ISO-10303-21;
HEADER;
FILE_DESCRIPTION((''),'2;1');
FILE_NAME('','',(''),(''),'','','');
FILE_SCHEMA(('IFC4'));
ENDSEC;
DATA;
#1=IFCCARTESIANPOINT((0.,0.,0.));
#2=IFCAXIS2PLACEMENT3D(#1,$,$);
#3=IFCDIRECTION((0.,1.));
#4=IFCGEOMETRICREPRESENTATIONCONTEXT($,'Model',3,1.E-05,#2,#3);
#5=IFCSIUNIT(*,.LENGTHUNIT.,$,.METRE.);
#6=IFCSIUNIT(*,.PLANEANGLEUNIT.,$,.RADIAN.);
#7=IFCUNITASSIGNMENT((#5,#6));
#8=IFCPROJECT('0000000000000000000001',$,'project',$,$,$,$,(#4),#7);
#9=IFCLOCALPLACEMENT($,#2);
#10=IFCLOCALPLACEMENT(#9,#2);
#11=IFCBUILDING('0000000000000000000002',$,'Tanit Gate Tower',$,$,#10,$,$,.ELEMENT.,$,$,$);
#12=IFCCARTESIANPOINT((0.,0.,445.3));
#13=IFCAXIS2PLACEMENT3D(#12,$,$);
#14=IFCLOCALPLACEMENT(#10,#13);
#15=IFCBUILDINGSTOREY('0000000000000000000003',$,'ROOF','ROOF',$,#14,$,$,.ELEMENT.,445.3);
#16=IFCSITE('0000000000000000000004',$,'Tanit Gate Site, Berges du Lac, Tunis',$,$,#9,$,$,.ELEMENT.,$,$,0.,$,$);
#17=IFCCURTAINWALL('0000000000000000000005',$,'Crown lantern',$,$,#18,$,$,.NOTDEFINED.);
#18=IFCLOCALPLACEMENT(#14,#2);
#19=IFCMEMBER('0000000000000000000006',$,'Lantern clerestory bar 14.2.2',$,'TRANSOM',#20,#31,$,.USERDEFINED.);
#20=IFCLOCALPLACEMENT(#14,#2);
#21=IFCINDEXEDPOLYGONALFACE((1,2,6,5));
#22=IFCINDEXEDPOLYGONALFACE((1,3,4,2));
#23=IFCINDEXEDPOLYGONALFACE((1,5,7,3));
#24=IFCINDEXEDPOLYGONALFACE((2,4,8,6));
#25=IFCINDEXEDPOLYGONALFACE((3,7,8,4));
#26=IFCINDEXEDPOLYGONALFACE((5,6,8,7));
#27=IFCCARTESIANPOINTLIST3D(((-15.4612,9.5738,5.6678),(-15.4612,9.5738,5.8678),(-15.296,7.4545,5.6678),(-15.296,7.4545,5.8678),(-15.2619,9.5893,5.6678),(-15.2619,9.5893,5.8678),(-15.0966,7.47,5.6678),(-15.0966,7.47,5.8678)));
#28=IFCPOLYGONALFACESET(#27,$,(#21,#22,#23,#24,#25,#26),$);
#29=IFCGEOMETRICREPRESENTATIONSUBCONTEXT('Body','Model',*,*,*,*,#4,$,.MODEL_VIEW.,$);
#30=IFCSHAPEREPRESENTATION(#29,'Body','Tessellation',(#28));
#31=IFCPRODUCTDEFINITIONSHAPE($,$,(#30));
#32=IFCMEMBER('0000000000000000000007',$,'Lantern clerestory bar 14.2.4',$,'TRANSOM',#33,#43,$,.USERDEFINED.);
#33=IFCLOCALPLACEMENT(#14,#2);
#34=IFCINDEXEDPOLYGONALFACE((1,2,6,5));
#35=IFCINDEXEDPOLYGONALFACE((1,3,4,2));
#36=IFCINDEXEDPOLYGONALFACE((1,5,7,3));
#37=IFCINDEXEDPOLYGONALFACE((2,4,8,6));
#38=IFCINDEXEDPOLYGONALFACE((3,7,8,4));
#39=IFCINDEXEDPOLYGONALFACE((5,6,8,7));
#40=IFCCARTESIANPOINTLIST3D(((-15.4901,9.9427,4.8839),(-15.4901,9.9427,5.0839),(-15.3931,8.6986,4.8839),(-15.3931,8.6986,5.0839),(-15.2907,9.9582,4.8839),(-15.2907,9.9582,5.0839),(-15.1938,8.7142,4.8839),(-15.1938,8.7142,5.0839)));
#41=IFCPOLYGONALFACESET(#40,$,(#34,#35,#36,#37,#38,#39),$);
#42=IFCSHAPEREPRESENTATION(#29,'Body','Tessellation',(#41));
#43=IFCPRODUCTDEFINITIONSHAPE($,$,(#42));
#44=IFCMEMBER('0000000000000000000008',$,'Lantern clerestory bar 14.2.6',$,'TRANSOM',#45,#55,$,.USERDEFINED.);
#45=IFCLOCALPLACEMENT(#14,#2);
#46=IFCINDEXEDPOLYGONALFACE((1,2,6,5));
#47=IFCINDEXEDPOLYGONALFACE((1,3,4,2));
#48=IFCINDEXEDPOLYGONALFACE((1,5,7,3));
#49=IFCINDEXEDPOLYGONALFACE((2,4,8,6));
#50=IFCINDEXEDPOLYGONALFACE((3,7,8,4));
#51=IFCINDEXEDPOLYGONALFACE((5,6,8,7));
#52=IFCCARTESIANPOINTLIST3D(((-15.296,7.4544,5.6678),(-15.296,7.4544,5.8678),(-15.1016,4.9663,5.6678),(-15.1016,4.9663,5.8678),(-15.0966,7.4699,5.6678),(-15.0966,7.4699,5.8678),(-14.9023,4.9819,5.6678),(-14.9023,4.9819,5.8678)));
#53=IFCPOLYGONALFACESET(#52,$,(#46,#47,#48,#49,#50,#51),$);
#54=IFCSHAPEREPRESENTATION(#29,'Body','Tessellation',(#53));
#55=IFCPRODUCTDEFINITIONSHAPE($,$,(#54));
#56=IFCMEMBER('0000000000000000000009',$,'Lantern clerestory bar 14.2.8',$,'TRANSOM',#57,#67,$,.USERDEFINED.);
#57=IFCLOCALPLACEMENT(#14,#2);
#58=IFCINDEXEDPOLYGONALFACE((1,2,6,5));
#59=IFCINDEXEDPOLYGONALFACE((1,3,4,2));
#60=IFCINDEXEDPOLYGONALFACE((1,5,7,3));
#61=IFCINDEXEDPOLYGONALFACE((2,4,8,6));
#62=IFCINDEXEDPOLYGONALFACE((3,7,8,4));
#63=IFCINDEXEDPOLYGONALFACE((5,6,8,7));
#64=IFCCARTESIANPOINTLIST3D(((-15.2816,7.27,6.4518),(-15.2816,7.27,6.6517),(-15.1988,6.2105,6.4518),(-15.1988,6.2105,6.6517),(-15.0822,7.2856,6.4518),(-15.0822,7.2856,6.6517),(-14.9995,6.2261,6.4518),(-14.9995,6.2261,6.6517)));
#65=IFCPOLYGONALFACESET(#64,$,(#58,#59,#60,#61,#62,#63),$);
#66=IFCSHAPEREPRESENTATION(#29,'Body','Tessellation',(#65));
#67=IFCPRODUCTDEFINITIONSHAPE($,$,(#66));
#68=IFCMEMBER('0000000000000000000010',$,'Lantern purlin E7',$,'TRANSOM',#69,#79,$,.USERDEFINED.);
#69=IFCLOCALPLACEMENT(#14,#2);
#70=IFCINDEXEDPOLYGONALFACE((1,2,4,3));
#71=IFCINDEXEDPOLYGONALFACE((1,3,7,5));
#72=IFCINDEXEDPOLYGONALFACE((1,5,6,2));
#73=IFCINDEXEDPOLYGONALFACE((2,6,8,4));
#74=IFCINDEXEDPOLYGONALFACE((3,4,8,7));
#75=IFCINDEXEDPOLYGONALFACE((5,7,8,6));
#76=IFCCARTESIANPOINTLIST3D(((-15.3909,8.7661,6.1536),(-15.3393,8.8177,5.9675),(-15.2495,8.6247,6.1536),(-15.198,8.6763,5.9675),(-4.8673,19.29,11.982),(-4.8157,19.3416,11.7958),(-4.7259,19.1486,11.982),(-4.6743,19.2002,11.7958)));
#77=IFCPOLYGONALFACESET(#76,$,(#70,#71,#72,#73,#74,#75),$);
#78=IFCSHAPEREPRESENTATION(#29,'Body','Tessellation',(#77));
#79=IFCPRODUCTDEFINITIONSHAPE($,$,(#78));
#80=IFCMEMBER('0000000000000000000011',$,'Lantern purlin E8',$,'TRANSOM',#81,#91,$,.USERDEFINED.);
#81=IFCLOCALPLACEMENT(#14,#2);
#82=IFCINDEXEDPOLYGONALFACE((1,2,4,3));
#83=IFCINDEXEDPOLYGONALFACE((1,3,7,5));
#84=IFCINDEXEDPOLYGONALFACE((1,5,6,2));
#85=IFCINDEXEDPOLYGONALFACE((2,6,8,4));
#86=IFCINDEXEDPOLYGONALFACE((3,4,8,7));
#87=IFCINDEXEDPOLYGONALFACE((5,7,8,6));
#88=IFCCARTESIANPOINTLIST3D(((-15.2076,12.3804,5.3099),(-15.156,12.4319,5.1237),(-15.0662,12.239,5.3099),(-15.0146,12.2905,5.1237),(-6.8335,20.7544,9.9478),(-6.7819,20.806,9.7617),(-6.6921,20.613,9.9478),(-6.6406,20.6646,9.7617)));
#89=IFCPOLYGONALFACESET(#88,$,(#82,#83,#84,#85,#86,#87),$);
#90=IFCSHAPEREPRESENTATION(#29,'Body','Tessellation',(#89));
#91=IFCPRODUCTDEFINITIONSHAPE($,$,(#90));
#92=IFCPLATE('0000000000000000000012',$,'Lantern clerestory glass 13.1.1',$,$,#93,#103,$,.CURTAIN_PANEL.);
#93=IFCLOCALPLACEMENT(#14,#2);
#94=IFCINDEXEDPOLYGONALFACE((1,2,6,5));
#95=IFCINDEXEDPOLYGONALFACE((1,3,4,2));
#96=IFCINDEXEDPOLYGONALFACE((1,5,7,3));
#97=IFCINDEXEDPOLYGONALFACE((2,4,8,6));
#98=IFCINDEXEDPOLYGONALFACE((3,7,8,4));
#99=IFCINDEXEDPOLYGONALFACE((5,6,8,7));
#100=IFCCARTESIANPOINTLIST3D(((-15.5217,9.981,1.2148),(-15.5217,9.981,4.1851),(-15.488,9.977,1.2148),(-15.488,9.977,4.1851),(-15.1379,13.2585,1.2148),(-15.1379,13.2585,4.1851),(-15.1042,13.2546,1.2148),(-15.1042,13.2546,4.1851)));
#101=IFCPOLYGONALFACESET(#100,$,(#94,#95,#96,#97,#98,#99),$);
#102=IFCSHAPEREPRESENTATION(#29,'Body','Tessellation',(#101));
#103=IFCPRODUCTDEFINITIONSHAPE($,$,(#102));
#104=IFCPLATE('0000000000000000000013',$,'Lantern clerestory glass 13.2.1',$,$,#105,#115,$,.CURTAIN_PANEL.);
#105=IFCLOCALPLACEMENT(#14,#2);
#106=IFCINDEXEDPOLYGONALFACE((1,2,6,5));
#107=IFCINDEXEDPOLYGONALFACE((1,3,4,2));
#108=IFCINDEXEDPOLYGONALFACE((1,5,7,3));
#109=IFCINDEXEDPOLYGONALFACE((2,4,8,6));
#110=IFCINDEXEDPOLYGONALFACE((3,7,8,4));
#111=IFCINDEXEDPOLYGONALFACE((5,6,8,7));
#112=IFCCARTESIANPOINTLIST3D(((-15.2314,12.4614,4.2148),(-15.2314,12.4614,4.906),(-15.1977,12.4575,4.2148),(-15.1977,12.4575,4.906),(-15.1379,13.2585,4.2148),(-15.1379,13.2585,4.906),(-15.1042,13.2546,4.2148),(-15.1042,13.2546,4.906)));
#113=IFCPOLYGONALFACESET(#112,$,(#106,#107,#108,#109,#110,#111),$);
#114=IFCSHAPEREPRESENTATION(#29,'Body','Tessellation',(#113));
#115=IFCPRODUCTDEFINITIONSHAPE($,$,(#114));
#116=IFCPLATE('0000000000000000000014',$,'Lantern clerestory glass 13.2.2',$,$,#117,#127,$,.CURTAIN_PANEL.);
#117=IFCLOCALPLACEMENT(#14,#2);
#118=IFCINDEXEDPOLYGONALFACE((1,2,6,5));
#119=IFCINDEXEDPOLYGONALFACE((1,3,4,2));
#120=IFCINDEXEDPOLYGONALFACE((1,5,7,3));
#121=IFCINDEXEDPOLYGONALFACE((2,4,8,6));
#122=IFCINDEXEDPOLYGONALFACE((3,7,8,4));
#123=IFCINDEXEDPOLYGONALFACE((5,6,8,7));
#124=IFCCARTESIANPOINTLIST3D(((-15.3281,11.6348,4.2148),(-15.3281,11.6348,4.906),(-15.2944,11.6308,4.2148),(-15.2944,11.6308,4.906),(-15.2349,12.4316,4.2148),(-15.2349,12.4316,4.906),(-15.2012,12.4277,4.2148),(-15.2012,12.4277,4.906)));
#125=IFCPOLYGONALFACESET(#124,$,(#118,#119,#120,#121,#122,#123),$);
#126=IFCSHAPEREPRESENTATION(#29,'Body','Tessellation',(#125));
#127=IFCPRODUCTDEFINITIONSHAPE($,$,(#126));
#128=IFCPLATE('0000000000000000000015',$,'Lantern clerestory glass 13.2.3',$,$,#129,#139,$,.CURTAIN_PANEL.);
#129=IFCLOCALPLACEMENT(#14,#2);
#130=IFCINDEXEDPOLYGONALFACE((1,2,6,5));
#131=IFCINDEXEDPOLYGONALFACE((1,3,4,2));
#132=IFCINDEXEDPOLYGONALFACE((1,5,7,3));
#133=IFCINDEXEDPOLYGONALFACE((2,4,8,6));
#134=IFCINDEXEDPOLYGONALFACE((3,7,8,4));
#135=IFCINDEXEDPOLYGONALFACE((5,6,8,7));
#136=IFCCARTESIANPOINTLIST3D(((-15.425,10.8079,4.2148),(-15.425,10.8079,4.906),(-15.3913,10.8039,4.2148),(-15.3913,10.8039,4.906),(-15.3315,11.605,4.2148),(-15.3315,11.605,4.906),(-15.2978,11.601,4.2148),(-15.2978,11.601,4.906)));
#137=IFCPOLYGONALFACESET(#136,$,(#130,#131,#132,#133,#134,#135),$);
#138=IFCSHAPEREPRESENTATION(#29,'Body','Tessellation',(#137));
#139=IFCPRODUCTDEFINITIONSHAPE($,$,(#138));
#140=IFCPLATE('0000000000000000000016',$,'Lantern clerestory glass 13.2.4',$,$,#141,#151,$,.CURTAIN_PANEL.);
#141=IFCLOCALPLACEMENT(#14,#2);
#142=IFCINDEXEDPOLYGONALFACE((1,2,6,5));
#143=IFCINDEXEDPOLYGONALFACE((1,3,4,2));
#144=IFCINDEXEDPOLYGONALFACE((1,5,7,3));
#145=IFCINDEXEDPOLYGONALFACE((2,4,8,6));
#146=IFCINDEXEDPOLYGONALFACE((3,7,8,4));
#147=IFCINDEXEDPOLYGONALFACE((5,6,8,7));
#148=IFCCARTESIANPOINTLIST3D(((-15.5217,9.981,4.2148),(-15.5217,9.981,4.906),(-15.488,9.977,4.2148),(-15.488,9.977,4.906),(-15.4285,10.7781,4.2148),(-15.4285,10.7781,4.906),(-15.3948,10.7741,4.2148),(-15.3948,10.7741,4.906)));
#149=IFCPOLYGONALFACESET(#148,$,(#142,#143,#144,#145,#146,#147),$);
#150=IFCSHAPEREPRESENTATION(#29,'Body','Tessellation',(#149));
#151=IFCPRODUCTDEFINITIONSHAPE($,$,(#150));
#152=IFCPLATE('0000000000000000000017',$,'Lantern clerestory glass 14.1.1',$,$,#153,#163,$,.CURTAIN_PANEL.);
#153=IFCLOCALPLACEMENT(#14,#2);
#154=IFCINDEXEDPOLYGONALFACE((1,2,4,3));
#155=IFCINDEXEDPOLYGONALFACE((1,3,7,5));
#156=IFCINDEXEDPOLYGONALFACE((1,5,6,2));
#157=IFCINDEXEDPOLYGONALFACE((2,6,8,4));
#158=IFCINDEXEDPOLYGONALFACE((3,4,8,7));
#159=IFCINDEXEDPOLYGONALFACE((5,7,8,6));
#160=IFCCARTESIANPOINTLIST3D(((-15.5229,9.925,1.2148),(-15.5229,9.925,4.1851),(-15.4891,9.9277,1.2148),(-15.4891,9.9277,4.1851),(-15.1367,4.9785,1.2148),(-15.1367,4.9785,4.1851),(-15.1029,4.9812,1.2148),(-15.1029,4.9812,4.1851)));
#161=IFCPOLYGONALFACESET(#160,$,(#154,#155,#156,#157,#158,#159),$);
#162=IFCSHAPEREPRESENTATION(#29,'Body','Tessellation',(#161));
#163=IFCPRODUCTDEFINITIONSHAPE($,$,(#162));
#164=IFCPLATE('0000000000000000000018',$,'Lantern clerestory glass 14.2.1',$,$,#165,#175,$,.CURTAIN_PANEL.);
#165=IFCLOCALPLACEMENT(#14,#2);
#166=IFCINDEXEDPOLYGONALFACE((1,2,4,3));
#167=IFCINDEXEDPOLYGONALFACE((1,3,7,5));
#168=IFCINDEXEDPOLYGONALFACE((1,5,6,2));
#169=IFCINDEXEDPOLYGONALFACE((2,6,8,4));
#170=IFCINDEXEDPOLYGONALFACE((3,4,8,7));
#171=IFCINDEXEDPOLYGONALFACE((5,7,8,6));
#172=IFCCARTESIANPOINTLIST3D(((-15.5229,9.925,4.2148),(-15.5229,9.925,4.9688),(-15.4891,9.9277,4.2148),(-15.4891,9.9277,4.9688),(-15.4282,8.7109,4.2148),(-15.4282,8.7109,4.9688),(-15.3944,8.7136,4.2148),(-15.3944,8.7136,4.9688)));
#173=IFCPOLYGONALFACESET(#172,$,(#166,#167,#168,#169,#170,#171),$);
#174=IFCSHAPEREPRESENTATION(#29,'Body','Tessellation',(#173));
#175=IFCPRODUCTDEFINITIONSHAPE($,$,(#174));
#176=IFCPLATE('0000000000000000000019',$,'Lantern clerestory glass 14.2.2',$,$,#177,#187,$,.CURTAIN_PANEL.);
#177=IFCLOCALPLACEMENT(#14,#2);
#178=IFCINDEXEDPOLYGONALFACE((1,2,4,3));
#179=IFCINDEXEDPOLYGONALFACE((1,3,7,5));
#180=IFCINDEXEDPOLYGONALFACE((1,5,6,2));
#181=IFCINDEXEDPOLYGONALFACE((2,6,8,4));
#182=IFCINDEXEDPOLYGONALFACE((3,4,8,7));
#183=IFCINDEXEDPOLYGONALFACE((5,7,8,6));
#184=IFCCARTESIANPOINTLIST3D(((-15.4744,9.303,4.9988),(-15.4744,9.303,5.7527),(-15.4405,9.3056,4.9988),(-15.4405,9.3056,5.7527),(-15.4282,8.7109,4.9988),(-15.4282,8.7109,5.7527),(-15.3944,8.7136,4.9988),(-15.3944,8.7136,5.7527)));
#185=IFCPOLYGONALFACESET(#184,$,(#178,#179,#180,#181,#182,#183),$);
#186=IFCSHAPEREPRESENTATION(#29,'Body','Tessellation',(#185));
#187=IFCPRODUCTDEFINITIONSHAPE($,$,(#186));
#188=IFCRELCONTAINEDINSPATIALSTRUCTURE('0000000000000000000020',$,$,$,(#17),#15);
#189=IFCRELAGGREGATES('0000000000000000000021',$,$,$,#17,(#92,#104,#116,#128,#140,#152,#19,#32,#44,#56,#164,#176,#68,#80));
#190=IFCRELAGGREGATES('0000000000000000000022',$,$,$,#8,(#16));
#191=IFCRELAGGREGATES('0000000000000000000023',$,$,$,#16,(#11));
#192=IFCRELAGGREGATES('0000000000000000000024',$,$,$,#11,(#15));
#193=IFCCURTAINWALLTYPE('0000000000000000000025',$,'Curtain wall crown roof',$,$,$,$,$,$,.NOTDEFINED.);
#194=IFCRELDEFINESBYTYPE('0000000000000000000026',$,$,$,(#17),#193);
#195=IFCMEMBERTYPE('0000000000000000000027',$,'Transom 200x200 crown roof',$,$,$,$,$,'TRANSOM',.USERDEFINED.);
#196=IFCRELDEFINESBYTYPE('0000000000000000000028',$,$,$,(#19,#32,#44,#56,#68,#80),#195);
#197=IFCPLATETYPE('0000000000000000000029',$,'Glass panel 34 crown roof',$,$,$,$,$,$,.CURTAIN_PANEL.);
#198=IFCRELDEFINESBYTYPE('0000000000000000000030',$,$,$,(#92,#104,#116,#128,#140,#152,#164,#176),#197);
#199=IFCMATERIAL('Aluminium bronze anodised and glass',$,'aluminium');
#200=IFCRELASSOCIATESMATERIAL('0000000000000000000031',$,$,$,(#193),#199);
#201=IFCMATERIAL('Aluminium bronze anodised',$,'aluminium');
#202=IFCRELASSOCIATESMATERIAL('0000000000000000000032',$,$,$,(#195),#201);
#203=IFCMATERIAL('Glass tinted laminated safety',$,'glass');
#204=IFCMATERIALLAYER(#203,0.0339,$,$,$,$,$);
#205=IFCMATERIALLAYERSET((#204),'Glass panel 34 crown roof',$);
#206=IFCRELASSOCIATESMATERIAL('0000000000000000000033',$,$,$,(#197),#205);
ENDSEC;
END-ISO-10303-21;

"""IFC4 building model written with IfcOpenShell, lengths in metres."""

from ifc_helpers import new_model, si_unit, direction, frame, origin, origin_2d, place, context, subcontext, project, spatial, polyline, rectangle, outline, extrude, material, layer, layer_set, material_profile, profile_set, type_object, element, aggregate, save


model = new_model("IFC4")

# Units and contexts
model_context = context("Model", 3, precision=1e-05, world=origin(), true_north=direction((0.0, 1.0)))
body_context = subcontext(model_context, "Body", "Model", "MODEL_VIEW")
ifc_project = project(units=[si_unit("LENGTHUNIT", "METRE"), si_unit("PLANEANGLEUNIT", "RADIAN")], contexts=[model_context])

# Site, building, storey
site_placement = place(None, origin())
site = spatial("IfcSite", under=ifc_project, at=site_placement, Name="Tanit Gate Site, Berges du Lac, Tunis", CompositionType="ELEMENT", RefElevation=0.0)
building_placement = place(site_placement, origin())
building = spatial("IfcBuilding", under=site, at=building_placement, Name="Tanit Gate Tower", CompositionType="ELEMENT")
storey_placement = place(building_placement, frame((0.0, 0.0, 445.3)))
storey = spatial("IfcBuildingStorey", under=building, at=storey_placement, Name="ROOF", Description="ROOF", CompositionType="ELEMENT", Elevation=445.3)

# Curtain wall, members, plates
ifc_material_1 = material(Name="Aluminium bronze anodised and glass", Category="aluminium")
curtain_wall_type = type_object("IfcCurtainWallType", Name="Curtain wall crown roof", PredefinedType="NOTDEFINED", material=ifc_material_1)
curtain_wall_placement = place(storey_placement, origin())
curtain_wall = element("IfcCurtainWall", 1, at=curtain_wall_placement, inside=storey, type_object=curtain_wall_type, Name="Crown lantern", PredefinedType="NOTDEFINED")
ifc_material_2 = material(Name="Aluminium bronze anodised", Category="aluminium")
ifc_material_profile_1 = material_profile(ifc_material_2, rectangle(XDim=0.2, YDim=0.2, at=origin_2d()), Name="200x200 bronze transom")
ifc_profile_set_1 = profile_set([ifc_material_profile_1], Name="Aluminium bronze anodised")
member_type_1 = type_object("IfcMemberType", Name="Transom 200x200 crown roof", ElementType="TRANSOM", PredefinedType="USERDEFINED", material=ifc_profile_set_1)
member_1_placement = place(storey_placement, frame((-15.3616, 9.5815, 5.7678), z_axis=(0.07775, -0.996973, 0.0), x_axis=(0.996973, 0.07775, 0.0)))
member_1 = element("IfcMember", 2, at=member_1_placement, type_object=member_type_1, Name="Lantern clerestory bar 14.2.2", ObjectType="TRANSOM", PredefinedType="USERDEFINED", context=body_context, shape_type="SweptSolid", body=[
    extrude(rectangle(XDim=0.2, YDim=0.2, at=origin_2d()), origin(), (0.0, 0.0, 1.0), 2.1257),
])
member_2_placement = place(storey_placement, frame((-15.3904, 9.9504, 4.9839), z_axis=(0.077669, -0.996979, 0.0), x_axis=(0.996979, 0.077669, 0.0)))
member_2 = element("IfcMember", 3, at=member_2_placement, type_object=member_type_1, Name="Lantern clerestory bar 14.2.4", ObjectType="TRANSOM", PredefinedType="USERDEFINED", context=body_context, shape_type="SweptSolid", body=[
    extrude(rectangle(XDim=0.2, YDim=0.2, at=origin_2d()), origin(), (0.0, 0.0, 1.0), 1.2478),
])
member_3_placement = place(storey_placement, frame((-15.1963, 7.4622, 5.7678), z_axis=(0.077871, -0.996963, 0.0), x_axis=(0.996963, 0.077871, 0.0)))
member_3 = element("IfcMember", 4, at=member_3_placement, type_object=member_type_1, Name="Lantern clerestory bar 14.2.6", ObjectType="TRANSOM", PredefinedType="USERDEFINED", context=body_context, shape_type="SweptSolid", body=[
    extrude(rectangle(XDim=0.2, YDim=0.2, at=origin_2d()), origin(), (0.0, 0.0, 1.0), 2.4956),
])
member_4_placement = place(storey_placement, frame((-15.1819, 7.2778, 6.5518), z_axis=(0.077873, -0.996963, 0.0), x_axis=(0.996963, 0.077873, 0.0)))
member_4 = element("IfcMember", 5, at=member_4_placement, type_object=member_type_1, Name="Lantern clerestory bar 14.2.8", ObjectType="TRANSOM", PredefinedType="USERDEFINED", context=body_context, shape_type="SweptSolid", body=[
    extrude(rectangle(XDim=0.2, YDim=0.2, at=origin_2d()), origin(), (0.0, 0.0, 1.0), 1.0627),
])
member_5_placement = place(storey_placement, frame((-15.2944, 8.7212, 6.0605), z_axis=(0.658411, 0.658426, 0.36465), x_axis=(-0.707115, 0.707099, 0.0)))
member_5 = element("IfcMember", 6, at=member_5_placement, type_object=member_type_1, Name="Lantern purlin E7", ObjectType="TRANSOM", PredefinedType="USERDEFINED", context=body_context, shape_type="SweptSolid", body=[
    extrude(rectangle(XDim=0.2, YDim=0.2, at=origin_2d()), origin(), (0.0, 0.0, 1.0), 15.9834),
])
member_6_placement = place(storey_placement, frame((-15.1111, 12.3354, 5.2168), z_axis=(0.658415, 0.658415, 0.364662), x_axis=(-0.707107, 0.707107, 0.0)))
member_6 = element("IfcMember", 7, at=member_6_placement, type_object=member_type_1, Name="Lantern purlin E8", ObjectType="TRANSOM", PredefinedType="USERDEFINED", context=body_context, shape_type="SweptSolid", body=[
    extrude(rectangle(XDim=0.2, YDim=0.2, at=origin_2d()), origin(), (0.0, 0.0, 1.0), 12.7185),
])
ifc_material_3 = material(Name="Glass tinted laminated safety", Category="glass")
ifc_layer_1 = layer(ifc_material_3, 0.0339)
ifc_layer_set_1 = layer_set([ifc_layer_1], Name="Glass panel 34 crown roof")
plate_type = type_object("IfcPlateType", Name="Glass panel 34 crown roof", PredefinedType="CURTAIN_PANEL", material=ifc_layer_set_1)
plate_1_placement = place(storey_placement, frame((-15.1379, 13.2585, 1.2148), z_axis=(-0.993214, 0.1163, 0.0), x_axis=(-0.1163, -0.993214, 0.0)))
plate_1 = element("IfcPlate", 8, at=plate_1_placement, type_object=plate_type, Name="Lantern clerestory glass 13.1.1", PredefinedType="CURTAIN_PANEL", context=body_context, shape_type="SweptSolid", body=[
    extrude(outline(polyline([(0.0, 0.0), (3.3, 0.0), (3.3, 2.9702), (0.0, 2.9702), (0.0, 0.0)])), origin(), (0.0, 0.0, -1.0), 0.0339),
])
plate_2_placement = place(storey_placement, frame((-15.1379, 13.2585, 4.2148), z_axis=(-0.99319, 0.116506, 0.0), x_axis=(-0.116506, -0.99319, 0.0)))
plate_2 = element("IfcPlate", 9, at=plate_2_placement, type_object=plate_type, Name="Lantern clerestory glass 13.2.1", PredefinedType="CURTAIN_PANEL", context=body_context, shape_type="SweptSolid", body=[
    extrude(outline(polyline([(0.0, 0.0), (0.8026, 0.0), (0.8026, 0.6912), (0.0, 0.6912), (0.0, 0.0)])), origin(), (0.0, 0.0, -1.0), 0.0339),
])
plate_3_placement = place(storey_placement, frame((-15.2349, 12.4316, 4.2148), z_axis=(-0.993221, 0.116241, 0.0), x_axis=(-0.116241, -0.993221, 0.0)))
plate_3 = element("IfcPlate", 10, at=plate_3_placement, type_object=plate_type, Name="Lantern clerestory glass 13.2.2", PredefinedType="CURTAIN_PANEL", context=body_context, shape_type="SweptSolid", body=[
    extrude(outline(polyline([(0.0, 0.0), (0.8023, 0.0), (0.8023, 0.6912), (0.0, 0.6912), (0.0, 0.0)])), origin(), (0.0, 0.0, -1.0), 0.0339),
])
plate_4_placement = place(storey_placement, frame((-15.3315, 11.605, 4.2148), z_axis=(-0.99319, 0.116506, 0.0), x_axis=(-0.116506, -0.99319, 0.0)))
plate_4 = element("IfcPlate", 11, at=plate_4_placement, type_object=plate_type, Name="Lantern clerestory glass 13.2.3", PredefinedType="CURTAIN_PANEL", context=body_context, shape_type="SweptSolid", body=[
    extrude(outline(polyline([(0.0, 0.0), (0.8026, 0.0), (0.8026, 0.6912), (0.0, 0.6912), (0.0, 0.0)])), origin(), (0.0, 0.0, -1.0), 0.0339),
])
plate_5_placement = place(storey_placement, frame((-15.4285, 10.7781, 4.2148), z_axis=(-0.993225, 0.116206, 0.0), x_axis=(-0.116206, -0.993225, 0.0)))
plate_5 = element("IfcPlate", 12, at=plate_5_placement, type_object=plate_type, Name="Lantern clerestory glass 13.2.4", PredefinedType="CURTAIN_PANEL", context=body_context, shape_type="SweptSolid", body=[
    extrude(outline(polyline([(0.0, 0.0), (0.8026, 0.0), (0.8026, 0.6912), (0.0, 0.6912), (0.0, 0.0)])), origin(), (0.0, 0.0, -1.0), 0.0339),
])
plate_6_placement = place(storey_placement, frame((-15.5229, 9.925, 1.2148), z_axis=(-0.996966, -0.077844, 0.0), x_axis=(0.077844, -0.996966, 0.0)))
plate_6 = element("IfcPlate", 13, at=plate_6_placement, type_object=plate_type, Name="Lantern clerestory glass 14.1.1", PredefinedType="CURTAIN_PANEL", context=body_context, shape_type="SweptSolid", body=[
    extrude(outline(polyline([(0.0, 0.0), (4.9616, 0.0), (4.9616, 2.9702), (0.0, 2.9702), (0.0, 0.0)])), origin(), (0.0, 0.0, -1.0), 0.0339),
])
plate_7_placement = place(storey_placement, frame((-15.5229, 9.925, 4.2148), z_axis=(-0.99697, -0.077785, 0.0), x_axis=(0.077785, -0.99697, 0.0)))
plate_7 = element("IfcPlate", 14, at=plate_7_placement, type_object=plate_type, Name="Lantern clerestory glass 14.2.1", PredefinedType="CURTAIN_PANEL", context=body_context, shape_type="SweptSolid", body=[
    extrude(outline(polyline([(0.0, 0.0), (1.2178, 0.0), (1.2178, 0.7539), (0.0, 0.7539), (0.0, 0.0)])), origin(), (0.0, 0.0, -1.0), 0.0339),
])
plate_8_placement = place(storey_placement, frame((-15.4744, 9.303, 4.9988), z_axis=(-0.996977, -0.077703, 0.0), x_axis=(0.077703, -0.996977, 0.0)))
plate_8 = element("IfcPlate", 15, at=plate_8_placement, type_object=plate_type, Name="Lantern clerestory glass 14.2.2", PredefinedType="CURTAIN_PANEL", context=body_context, shape_type="SweptSolid", body=[
    extrude(outline(polyline([(0.0, 0.0), (0.5938, 0.0), (0.5938, 0.7539), (0.0, 0.7539), (0.0, 0.0)])), origin(), (0.0, 0.0, -1.0), 0.0339),
])
aggregate(curtain_wall, [plate_1, plate_2, plate_3, plate_4, plate_5, plate_6, member_1, member_2, member_3, member_4, plate_7, plate_8, member_5, member_6])

save(model, "model.ifc")
